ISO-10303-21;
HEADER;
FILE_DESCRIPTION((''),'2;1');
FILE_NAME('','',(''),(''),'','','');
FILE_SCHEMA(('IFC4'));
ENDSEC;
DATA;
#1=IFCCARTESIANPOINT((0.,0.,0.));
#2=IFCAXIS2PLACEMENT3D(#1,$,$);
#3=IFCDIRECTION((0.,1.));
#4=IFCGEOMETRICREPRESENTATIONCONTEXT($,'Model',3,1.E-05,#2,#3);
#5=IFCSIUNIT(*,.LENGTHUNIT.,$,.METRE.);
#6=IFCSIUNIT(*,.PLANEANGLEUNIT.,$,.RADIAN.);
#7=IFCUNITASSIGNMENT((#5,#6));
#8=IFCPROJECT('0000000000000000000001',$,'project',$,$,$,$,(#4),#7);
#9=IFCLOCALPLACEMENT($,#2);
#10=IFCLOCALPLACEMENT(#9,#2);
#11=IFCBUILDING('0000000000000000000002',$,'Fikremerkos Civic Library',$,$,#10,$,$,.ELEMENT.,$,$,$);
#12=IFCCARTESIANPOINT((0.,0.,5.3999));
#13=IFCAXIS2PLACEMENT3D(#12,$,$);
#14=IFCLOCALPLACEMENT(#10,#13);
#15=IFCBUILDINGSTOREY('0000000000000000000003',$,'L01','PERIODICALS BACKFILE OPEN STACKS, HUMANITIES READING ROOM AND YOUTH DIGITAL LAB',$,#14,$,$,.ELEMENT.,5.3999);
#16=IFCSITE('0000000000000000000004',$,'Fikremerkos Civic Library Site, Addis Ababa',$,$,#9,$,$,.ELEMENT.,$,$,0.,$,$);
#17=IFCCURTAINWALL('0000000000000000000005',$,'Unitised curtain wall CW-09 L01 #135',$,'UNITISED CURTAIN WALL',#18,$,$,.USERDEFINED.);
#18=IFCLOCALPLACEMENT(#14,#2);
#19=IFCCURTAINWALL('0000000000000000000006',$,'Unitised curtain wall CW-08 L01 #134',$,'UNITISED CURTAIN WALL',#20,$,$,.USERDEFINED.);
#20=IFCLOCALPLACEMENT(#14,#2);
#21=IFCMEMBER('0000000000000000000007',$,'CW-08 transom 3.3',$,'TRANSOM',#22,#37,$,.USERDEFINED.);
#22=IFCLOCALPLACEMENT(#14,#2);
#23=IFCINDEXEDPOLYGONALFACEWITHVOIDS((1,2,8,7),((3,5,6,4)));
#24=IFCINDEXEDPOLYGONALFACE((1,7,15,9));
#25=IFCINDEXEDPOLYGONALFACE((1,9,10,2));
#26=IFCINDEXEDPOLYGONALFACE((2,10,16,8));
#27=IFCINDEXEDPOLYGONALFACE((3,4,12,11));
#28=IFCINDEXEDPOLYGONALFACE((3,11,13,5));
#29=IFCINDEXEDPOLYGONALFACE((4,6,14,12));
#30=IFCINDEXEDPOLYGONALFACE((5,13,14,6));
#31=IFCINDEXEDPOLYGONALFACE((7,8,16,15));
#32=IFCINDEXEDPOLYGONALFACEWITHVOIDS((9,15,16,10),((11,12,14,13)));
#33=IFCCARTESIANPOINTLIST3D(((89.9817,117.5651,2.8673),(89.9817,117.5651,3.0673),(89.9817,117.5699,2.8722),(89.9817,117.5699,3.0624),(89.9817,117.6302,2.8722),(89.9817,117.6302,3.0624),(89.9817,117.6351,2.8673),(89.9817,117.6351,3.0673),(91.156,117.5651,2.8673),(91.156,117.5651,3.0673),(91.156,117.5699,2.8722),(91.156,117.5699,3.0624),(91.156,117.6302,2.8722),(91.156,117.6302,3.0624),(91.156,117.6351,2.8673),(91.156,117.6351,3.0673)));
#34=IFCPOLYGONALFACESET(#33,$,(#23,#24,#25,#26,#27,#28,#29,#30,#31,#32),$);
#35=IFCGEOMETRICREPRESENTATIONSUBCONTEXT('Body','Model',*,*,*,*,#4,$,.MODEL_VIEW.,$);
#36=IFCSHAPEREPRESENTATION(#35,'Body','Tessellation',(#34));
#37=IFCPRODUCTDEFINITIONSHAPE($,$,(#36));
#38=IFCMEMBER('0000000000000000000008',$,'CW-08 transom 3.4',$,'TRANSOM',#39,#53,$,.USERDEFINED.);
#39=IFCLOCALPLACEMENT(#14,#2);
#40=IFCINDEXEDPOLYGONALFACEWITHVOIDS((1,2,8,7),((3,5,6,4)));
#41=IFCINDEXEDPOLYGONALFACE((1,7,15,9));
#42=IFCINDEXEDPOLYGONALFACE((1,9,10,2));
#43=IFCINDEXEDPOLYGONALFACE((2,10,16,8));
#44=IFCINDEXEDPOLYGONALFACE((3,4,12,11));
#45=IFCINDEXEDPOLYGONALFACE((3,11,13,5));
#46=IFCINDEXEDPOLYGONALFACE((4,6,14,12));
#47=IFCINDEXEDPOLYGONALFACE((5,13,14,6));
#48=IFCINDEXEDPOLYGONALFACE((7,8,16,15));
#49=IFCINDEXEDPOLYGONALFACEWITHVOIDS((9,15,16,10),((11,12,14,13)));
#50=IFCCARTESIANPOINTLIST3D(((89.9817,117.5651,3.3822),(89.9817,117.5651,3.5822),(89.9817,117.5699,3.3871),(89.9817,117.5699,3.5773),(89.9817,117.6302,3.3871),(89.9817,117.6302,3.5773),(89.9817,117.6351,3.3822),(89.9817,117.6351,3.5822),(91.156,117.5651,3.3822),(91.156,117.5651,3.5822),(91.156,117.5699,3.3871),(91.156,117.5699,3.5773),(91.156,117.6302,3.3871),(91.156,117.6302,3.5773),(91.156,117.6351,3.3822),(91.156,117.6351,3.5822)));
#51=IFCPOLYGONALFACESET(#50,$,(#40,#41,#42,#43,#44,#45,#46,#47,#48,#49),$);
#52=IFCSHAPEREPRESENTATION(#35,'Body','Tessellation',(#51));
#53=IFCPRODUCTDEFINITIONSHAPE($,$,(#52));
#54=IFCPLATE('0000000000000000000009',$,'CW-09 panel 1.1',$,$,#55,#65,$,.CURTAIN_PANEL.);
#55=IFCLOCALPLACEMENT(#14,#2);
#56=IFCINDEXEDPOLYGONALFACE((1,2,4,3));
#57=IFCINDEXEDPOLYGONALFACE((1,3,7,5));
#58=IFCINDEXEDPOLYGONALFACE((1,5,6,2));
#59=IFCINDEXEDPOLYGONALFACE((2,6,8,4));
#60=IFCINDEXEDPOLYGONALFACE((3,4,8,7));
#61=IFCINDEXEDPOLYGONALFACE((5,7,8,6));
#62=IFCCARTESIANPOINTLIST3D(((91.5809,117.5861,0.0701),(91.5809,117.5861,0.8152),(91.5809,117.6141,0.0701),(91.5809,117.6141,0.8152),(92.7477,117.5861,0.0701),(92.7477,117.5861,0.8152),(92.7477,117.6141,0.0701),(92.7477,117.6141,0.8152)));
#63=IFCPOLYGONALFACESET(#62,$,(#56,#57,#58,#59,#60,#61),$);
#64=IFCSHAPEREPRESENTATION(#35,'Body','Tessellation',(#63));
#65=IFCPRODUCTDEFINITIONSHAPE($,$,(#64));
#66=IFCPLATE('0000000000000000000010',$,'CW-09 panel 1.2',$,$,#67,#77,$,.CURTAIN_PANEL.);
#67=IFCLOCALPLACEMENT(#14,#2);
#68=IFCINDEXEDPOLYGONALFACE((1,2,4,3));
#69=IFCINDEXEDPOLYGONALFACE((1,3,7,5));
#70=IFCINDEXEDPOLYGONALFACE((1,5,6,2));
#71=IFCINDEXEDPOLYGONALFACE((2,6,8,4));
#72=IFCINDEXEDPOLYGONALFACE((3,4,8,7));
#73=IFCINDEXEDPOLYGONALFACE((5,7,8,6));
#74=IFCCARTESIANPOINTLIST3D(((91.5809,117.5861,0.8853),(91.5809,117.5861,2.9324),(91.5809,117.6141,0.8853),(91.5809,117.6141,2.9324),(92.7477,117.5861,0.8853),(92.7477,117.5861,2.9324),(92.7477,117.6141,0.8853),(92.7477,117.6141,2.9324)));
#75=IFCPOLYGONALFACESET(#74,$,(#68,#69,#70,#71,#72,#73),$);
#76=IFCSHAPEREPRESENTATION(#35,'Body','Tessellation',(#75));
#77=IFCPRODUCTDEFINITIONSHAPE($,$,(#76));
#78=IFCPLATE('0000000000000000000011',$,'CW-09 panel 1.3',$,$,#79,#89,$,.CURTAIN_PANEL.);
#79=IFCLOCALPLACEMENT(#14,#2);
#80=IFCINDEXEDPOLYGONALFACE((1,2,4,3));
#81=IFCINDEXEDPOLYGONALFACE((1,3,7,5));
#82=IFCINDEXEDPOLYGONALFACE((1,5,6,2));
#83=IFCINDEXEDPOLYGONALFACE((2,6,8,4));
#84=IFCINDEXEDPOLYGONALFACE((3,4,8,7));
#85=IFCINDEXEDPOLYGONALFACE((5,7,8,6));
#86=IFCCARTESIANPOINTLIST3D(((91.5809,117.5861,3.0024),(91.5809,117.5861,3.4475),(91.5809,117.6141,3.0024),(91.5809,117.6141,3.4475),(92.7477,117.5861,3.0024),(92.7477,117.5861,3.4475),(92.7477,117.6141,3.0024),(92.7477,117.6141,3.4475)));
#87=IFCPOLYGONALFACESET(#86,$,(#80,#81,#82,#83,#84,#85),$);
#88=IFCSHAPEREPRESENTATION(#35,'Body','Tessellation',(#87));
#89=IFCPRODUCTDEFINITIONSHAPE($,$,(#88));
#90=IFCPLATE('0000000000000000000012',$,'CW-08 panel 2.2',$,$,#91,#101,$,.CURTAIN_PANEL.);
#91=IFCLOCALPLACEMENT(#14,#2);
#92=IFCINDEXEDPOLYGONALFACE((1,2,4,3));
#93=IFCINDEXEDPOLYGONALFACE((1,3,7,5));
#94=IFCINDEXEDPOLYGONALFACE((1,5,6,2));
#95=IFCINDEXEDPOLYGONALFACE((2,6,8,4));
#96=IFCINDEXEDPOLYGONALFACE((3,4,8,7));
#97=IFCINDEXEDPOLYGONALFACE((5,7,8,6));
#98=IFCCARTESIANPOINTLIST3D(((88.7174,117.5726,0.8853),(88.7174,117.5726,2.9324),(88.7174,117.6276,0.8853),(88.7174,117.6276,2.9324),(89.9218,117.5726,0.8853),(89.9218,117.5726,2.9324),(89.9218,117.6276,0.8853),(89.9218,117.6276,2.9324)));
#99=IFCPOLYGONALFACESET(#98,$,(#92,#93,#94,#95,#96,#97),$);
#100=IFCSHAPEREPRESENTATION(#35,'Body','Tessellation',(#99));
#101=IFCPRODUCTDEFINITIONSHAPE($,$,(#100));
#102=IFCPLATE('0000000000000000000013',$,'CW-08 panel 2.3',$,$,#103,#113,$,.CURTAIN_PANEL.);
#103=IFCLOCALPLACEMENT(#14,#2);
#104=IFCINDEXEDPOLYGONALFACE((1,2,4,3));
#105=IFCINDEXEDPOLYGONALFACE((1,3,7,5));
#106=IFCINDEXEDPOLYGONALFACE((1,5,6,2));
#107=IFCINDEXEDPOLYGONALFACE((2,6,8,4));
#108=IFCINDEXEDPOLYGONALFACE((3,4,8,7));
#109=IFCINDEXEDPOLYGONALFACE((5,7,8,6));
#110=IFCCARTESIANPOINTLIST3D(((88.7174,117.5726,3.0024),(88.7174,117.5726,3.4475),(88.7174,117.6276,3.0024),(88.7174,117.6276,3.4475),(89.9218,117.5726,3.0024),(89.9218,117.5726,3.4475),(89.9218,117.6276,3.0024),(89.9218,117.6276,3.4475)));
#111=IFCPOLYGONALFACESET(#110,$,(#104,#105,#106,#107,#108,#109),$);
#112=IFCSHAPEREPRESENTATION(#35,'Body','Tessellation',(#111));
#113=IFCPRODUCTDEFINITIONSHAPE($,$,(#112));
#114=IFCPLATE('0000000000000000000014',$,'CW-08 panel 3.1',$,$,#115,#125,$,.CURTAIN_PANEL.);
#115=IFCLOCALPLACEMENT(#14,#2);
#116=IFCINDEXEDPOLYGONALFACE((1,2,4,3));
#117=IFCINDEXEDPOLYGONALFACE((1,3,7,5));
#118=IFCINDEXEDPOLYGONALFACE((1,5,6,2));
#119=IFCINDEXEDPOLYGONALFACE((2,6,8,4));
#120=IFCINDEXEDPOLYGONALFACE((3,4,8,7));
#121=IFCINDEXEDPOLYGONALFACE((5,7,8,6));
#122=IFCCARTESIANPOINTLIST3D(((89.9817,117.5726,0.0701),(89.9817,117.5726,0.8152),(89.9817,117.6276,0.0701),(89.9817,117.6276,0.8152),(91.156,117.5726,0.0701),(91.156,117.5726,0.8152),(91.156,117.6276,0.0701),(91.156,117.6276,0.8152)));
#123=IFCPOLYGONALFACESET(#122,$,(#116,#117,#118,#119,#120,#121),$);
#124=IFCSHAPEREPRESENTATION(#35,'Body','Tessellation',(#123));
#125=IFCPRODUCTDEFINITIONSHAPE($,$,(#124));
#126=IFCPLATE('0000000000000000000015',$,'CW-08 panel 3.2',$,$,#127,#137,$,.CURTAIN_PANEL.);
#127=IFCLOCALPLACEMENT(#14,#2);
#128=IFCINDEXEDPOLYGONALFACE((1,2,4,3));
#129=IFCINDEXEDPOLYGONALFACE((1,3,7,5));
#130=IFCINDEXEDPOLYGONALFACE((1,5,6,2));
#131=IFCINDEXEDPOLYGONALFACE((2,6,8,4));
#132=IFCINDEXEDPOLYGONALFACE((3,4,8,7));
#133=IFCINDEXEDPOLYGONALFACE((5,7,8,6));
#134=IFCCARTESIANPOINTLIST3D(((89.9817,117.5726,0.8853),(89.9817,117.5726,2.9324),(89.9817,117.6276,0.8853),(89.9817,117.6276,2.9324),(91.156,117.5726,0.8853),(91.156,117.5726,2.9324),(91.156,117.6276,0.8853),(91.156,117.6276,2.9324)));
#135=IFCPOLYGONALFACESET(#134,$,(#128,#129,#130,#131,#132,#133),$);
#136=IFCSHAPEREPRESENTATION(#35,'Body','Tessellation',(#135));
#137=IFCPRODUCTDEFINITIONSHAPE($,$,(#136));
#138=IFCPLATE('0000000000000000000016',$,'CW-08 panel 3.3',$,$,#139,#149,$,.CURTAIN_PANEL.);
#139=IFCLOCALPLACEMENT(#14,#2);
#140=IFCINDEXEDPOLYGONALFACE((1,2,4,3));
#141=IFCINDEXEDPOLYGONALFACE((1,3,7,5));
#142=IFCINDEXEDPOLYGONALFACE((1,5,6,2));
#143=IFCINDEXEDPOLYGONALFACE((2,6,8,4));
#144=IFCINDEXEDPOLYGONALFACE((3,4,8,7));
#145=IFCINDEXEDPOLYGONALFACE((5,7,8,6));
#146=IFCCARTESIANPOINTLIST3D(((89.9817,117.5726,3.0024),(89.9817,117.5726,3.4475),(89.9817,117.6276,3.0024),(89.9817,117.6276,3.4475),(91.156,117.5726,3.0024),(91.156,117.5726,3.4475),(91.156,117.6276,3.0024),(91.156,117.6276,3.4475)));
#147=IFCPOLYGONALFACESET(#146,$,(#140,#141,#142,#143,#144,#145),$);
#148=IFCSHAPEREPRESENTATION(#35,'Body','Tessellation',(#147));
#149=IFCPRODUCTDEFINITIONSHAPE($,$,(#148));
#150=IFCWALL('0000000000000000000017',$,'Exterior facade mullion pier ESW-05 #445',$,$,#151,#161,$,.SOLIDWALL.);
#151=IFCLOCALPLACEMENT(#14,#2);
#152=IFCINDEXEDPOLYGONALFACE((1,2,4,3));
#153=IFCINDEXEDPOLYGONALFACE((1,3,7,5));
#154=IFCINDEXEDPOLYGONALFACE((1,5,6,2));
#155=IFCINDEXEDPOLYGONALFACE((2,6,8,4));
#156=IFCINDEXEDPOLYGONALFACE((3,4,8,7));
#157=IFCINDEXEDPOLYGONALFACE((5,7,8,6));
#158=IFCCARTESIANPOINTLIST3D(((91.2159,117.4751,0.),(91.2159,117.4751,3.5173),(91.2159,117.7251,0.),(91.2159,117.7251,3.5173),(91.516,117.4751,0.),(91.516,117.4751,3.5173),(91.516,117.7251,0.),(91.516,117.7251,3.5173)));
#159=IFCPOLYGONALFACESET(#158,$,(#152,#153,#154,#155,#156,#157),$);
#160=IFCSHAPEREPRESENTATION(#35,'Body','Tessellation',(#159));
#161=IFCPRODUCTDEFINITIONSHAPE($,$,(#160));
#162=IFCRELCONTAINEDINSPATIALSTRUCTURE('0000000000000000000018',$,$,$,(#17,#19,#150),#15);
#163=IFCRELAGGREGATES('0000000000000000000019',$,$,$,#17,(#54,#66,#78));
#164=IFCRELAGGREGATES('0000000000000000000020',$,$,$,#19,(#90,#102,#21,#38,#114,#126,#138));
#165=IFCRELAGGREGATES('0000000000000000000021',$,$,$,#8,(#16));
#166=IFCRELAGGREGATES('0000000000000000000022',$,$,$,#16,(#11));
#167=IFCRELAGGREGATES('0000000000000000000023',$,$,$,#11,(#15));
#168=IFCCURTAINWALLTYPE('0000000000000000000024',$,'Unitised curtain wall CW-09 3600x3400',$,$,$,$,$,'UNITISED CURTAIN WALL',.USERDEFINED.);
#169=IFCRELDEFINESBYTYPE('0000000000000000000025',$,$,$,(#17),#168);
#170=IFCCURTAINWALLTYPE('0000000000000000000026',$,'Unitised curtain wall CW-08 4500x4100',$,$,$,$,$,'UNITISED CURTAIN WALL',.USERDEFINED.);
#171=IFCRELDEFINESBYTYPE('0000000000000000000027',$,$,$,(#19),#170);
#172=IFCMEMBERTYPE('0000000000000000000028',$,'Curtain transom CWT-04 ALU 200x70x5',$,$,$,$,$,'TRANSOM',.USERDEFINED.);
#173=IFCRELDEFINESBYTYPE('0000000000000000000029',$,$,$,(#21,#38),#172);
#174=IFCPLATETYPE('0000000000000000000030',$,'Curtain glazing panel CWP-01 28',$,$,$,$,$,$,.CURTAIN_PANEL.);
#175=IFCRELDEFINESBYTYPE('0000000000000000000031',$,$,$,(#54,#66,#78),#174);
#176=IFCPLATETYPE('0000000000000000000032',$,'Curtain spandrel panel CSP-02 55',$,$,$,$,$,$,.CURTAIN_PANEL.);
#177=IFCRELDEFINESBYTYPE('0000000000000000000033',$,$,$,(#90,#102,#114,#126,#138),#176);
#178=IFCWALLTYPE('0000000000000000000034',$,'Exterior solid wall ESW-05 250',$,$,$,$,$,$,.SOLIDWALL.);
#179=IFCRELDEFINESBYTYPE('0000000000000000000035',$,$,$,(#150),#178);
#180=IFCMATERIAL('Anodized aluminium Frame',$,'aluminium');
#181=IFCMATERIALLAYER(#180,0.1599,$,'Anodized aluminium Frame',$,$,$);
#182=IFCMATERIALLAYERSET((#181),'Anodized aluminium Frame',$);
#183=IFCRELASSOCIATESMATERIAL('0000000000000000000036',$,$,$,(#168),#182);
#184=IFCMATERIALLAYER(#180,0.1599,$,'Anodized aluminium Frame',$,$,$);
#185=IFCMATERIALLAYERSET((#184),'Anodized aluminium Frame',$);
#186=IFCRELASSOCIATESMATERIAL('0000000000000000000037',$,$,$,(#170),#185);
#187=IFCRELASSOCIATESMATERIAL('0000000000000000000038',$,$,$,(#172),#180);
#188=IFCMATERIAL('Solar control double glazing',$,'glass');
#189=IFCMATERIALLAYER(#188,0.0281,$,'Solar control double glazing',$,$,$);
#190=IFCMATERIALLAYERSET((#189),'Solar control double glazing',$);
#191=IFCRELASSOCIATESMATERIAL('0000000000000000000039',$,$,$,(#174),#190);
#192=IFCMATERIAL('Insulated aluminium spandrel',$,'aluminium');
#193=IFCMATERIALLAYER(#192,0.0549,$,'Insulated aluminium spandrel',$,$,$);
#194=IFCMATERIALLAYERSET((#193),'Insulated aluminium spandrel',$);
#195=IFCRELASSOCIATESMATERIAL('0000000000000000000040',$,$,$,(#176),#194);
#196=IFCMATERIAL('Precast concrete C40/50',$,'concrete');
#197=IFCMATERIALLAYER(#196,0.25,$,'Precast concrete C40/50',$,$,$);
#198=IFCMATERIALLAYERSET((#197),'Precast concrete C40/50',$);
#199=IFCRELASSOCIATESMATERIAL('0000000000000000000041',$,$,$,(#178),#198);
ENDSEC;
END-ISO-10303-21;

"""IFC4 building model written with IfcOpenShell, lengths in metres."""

from ifc_helpers import new_model, si_unit, direction, frame, frame_2d, origin, origin_2d, place, context, subcontext, project, spatial, rectangle, hollow_rectangle, extrude, material, layer, layer_set, material_profile, profile_set, type_object, element, aggregate, save


model = new_model("IFC4")

# Units and contexts
model_context = context("Model", 3, precision=1e-05, world=origin(), true_north=direction((0.0, 1.0)))
body_context = subcontext(model_context, "Body", "Model", "MODEL_VIEW")
ifc_project = project(units=[si_unit("LENGTHUNIT", "METRE"), si_unit("PLANEANGLEUNIT", "RADIAN")], contexts=[model_context])

# Site, building, storey
site_placement = place(None, origin())
site = spatial("IfcSite", under=ifc_project, at=site_placement, Name="Fikremerkos Civic Library Site, Addis Ababa", CompositionType="ELEMENT", RefElevation=0.0)
building_placement = place(site_placement, origin())
building = spatial("IfcBuilding", under=site, at=building_placement, Name="Fikremerkos Civic Library", CompositionType="ELEMENT")
storey_placement = place(building_placement, frame((0.0, 0.0, 5.3999)))
storey = spatial("IfcBuildingStorey", under=building, at=storey_placement, Name="L01", Description="PERIODICALS BACKFILE OPEN STACKS, HUMANITIES READING ROOM AND YOUTH DIGITAL LAB", CompositionType="ELEMENT", Elevation=5.3999)

# Curtain walls
ifc_material_1 = material(Name="Anodized aluminium Frame", Category="aluminium")
ifc_layer_1 = layer(ifc_material_1, 0.1599, Name="Anodized aluminium Frame")
ifc_layer_set_1 = layer_set([ifc_layer_1], Name="Anodized aluminium Frame")
curtain_wall_type_1 = type_object("IfcCurtainWallType", Name="Unitised curtain wall CW-09 3600x3400", ElementType="UNITISED CURTAIN WALL", PredefinedType="USERDEFINED", material=ifc_layer_set_1)
curtain_wall_1_placement = place(storey_placement, origin())
curtain_wall_1 = element("IfcCurtainWall", 1, at=curtain_wall_1_placement, inside=storey, type_object=curtain_wall_type_1, Name="Unitised curtain wall CW-09 L01 #135", ObjectType="UNITISED CURTAIN WALL", PredefinedType="USERDEFINED")
ifc_layer_2 = layer(ifc_material_1, 0.1599, Name="Anodized aluminium Frame")
ifc_layer_set_2 = layer_set([ifc_layer_2], Name="Anodized aluminium Frame")
curtain_wall_type_2 = type_object("IfcCurtainWallType", Name="Unitised curtain wall CW-08 4500x4100", ElementType="UNITISED CURTAIN WALL", PredefinedType="USERDEFINED", material=ifc_layer_set_2)
curtain_wall_2_placement = place(storey_placement, origin())
curtain_wall_2 = element("IfcCurtainWall", 2, at=curtain_wall_2_placement, inside=storey, type_object=curtain_wall_type_2, Name="Unitised curtain wall CW-08 L01 #134", ObjectType="UNITISED CURTAIN WALL", PredefinedType="USERDEFINED")

# Members
ifc_material_profile_1 = material_profile(ifc_material_1, hollow_rectangle(XDim=0.0701, YDim=0.2, WallThickness=0.0049, at=origin_2d()), Name="ALU 200x70x5")
ifc_profile_set_1 = profile_set([ifc_material_profile_1], Name="Anodized aluminium Frame")
member_type_1 = type_object("IfcMemberType", Name="Curtain transom CWT-04 ALU 200x70x5", ElementType="TRANSOM", PredefinedType="USERDEFINED", material=ifc_profile_set_1)
member_1_placement = place(storey_placement, frame((89.9817, 117.6001, 2.9673), z_axis=(1.0, 0.0, 0.0), x_axis=(0.0, 1.0, 0.0)))
member_1 = element("IfcMember", 3, at=member_1_placement, type_object=member_type_1, Name="CW-08 transom 3.3", ObjectType="TRANSOM", PredefinedType="USERDEFINED", context=body_context, shape_type="SweptSolid", body=[
    extrude(hollow_rectangle(XDim=0.0701, YDim=0.2, WallThickness=0.0049, at=origin_2d()), origin(), (0.0, 0.0, 1.0), 1.1743),
])
member_2_placement = place(storey_placement, frame((89.9817, 117.6001, 3.4822), z_axis=(1.0, 0.0, 0.0), x_axis=(0.0, 1.0, 0.0)))
member_2 = element("IfcMember", 4, at=member_2_placement, type_object=member_type_1, Name="CW-08 transom 3.4", ObjectType="TRANSOM", PredefinedType="USERDEFINED", context=body_context, shape_type="SweptSolid", body=[
    extrude(hollow_rectangle(XDim=0.0701, YDim=0.2, WallThickness=0.0049, at=origin_2d()), origin(), (0.0, 0.0, 1.0), 1.1743),
])

# Plates
ifc_material_2 = material(Name="Solar control double glazing", Category="glass")
ifc_layer_3 = layer(ifc_material_2, 0.0281, Name="Solar control double glazing")
ifc_layer_set_3 = layer_set([ifc_layer_3], Name="Solar control double glazing")
plate_type_1 = type_object("IfcPlateType", Name="Curtain glazing panel CWP-01 28", PredefinedType="CURTAIN_PANEL", material=ifc_layer_set_3)
plate_1_placement = place(storey_placement, frame((92.1643, 117.6001, 0.0701), z_axis=(0.0, 0.0, 1.0), x_axis=(1.0, 0.0, 0.0)))
plate_1 = element("IfcPlate", 5, at=plate_1_placement, type_object=plate_type_1, Name="CW-09 panel 1.1", PredefinedType="CURTAIN_PANEL", context=body_context, shape_type="SweptSolid", body=[
    extrude(rectangle(XDim=1.1667, YDim=0.0281, at=origin_2d()), origin(), (0.0, 0.0, 1.0), 0.7451),
])
plate_2_placement = place(storey_placement, frame((92.1643, 117.6001, 0.8853), z_axis=(0.0, 0.0, 1.0), x_axis=(1.0, 0.0, 0.0)))
plate_2 = element("IfcPlate", 6, at=plate_2_placement, type_object=plate_type_1, Name="CW-09 panel 1.2", PredefinedType="CURTAIN_PANEL", context=body_context, shape_type="SweptSolid", body=[
    extrude(rectangle(XDim=1.1667, YDim=0.0281, at=origin_2d()), origin(), (0.0, 0.0, 1.0), 2.0471),
])
plate_3_placement = place(storey_placement, frame((92.1643, 117.6001, 3.0024), z_axis=(0.0, 0.0, 1.0), x_axis=(1.0, 0.0, 0.0)))
plate_3 = element("IfcPlate", 7, at=plate_3_placement, type_object=plate_type_1, Name="CW-09 panel 1.3", PredefinedType="CURTAIN_PANEL", context=body_context, shape_type="SweptSolid", body=[
    extrude(rectangle(XDim=1.1667, YDim=0.0281, at=origin_2d()), origin(), (0.0, 0.0, 1.0), 0.4451),
])
aggregate(curtain_wall_1, [plate_1, plate_2, plate_3])
ifc_material_3 = material(Name="Insulated aluminium spandrel", Category="aluminium")
ifc_layer_4 = layer(ifc_material_3, 0.0549, Name="Insulated aluminium spandrel")
ifc_layer_set_4 = layer_set([ifc_layer_4], Name="Insulated aluminium spandrel")
plate_type_2 = type_object("IfcPlateType", Name="Curtain spandrel panel CSP-02 55", PredefinedType="CURTAIN_PANEL", material=ifc_layer_set_4)
plate_4_placement = place(storey_placement, frame((89.3196, 117.6001, 0.8853), z_axis=(0.0, 0.0, 1.0), x_axis=(1.0, 0.0, 0.0)))
plate_4 = element("IfcPlate", 8, at=plate_4_placement, type_object=plate_type_2, Name="CW-08 panel 2.2", PredefinedType="CURTAIN_PANEL", context=body_context, shape_type="SweptSolid", body=[
    extrude(rectangle(XDim=1.2043, YDim=0.0549, at=origin_2d()), origin(), (0.0, 0.0, 1.0), 2.0471),
])
plate_5_placement = place(storey_placement, frame((89.3196, 117.6001, 3.0024), z_axis=(0.0, 0.0, 1.0), x_axis=(1.0, 0.0, 0.0)))
plate_5 = element("IfcPlate", 9, at=plate_5_placement, type_object=plate_type_2, Name="CW-08 panel 2.3", PredefinedType="CURTAIN_PANEL", context=body_context, shape_type="SweptSolid", body=[
    extrude(rectangle(XDim=1.2043, YDim=0.0549, at=origin_2d()), origin(), (0.0, 0.0, 1.0), 0.4451),
])
plate_6_placement = place(storey_placement, frame((90.5688, 117.6001, 0.0701), z_axis=(0.0, 0.0, 1.0), x_axis=(1.0, 0.0, 0.0)))
plate_6 = element("IfcPlate", 10, at=plate_6_placement, type_object=plate_type_2, Name="CW-08 panel 3.1", PredefinedType="CURTAIN_PANEL", context=body_context, shape_type="SweptSolid", body=[
    extrude(rectangle(XDim=1.1743, YDim=0.0549, at=origin_2d()), origin(), (0.0, 0.0, 1.0), 0.7451),
])
plate_7_placement = place(storey_placement, frame((90.5688, 117.6001, 0.8853), z_axis=(0.0, 0.0, 1.0), x_axis=(1.0, 0.0, 0.0)))
plate_7 = element("IfcPlate", 11, at=plate_7_placement, type_object=plate_type_2, Name="CW-08 panel 3.2", PredefinedType="CURTAIN_PANEL", context=body_context, shape_type="SweptSolid", body=[
    extrude(rectangle(XDim=1.1743, YDim=0.0549, at=origin_2d()), origin(), (0.0, 0.0, 1.0), 2.0471),
])
plate_8_placement = place(storey_placement, frame((90.5688, 117.6001, 3.0024), z_axis=(0.0, 0.0, 1.0), x_axis=(1.0, 0.0, 0.0)))
plate_8 = element("IfcPlate", 12, at=plate_8_placement, type_object=plate_type_2, Name="CW-08 panel 3.3", PredefinedType="CURTAIN_PANEL", context=body_context, shape_type="SweptSolid", body=[
    extrude(rectangle(XDim=1.1743, YDim=0.0549, at=origin_2d()), origin(), (0.0, 0.0, 1.0), 0.4451),
])
aggregate(curtain_wall_2, [plate_4, plate_5, member_1, member_2, plate_6, plate_7, plate_8])

# Wall
ifc_material_4 = material(Name="Precast concrete C40/50", Category="concrete")
ifc_layer_5 = layer(ifc_material_4, 0.25, Name="Precast concrete C40/50")
ifc_layer_set_5 = layer_set([ifc_layer_5], Name="Precast concrete C40/50")
wall_type = type_object("IfcWallType", Name="Exterior solid wall ESW-05 250", PredefinedType="SOLIDWALL", material=ifc_layer_set_5)
wall_placement = place(storey_placement, frame((91.2161, 117.6001, 0.0), z_axis=(0.0, 0.0, 1.0), x_axis=(1.0, 0.0, 0.0)))
element("IfcWall", 13, at=wall_placement, inside=storey, type_object=wall_type, Name="Exterior facade mullion pier ESW-05 #445", PredefinedType="SOLIDWALL", context=body_context, shape_type="SweptSolid", body=[
    extrude(rectangle(XDim=0.3, YDim=0.25, at=frame_2d((0.1499, 0.0))), origin(), (0.0, 0.0, 1.0), 3.5173),
])

save(model, "model.ifc")
